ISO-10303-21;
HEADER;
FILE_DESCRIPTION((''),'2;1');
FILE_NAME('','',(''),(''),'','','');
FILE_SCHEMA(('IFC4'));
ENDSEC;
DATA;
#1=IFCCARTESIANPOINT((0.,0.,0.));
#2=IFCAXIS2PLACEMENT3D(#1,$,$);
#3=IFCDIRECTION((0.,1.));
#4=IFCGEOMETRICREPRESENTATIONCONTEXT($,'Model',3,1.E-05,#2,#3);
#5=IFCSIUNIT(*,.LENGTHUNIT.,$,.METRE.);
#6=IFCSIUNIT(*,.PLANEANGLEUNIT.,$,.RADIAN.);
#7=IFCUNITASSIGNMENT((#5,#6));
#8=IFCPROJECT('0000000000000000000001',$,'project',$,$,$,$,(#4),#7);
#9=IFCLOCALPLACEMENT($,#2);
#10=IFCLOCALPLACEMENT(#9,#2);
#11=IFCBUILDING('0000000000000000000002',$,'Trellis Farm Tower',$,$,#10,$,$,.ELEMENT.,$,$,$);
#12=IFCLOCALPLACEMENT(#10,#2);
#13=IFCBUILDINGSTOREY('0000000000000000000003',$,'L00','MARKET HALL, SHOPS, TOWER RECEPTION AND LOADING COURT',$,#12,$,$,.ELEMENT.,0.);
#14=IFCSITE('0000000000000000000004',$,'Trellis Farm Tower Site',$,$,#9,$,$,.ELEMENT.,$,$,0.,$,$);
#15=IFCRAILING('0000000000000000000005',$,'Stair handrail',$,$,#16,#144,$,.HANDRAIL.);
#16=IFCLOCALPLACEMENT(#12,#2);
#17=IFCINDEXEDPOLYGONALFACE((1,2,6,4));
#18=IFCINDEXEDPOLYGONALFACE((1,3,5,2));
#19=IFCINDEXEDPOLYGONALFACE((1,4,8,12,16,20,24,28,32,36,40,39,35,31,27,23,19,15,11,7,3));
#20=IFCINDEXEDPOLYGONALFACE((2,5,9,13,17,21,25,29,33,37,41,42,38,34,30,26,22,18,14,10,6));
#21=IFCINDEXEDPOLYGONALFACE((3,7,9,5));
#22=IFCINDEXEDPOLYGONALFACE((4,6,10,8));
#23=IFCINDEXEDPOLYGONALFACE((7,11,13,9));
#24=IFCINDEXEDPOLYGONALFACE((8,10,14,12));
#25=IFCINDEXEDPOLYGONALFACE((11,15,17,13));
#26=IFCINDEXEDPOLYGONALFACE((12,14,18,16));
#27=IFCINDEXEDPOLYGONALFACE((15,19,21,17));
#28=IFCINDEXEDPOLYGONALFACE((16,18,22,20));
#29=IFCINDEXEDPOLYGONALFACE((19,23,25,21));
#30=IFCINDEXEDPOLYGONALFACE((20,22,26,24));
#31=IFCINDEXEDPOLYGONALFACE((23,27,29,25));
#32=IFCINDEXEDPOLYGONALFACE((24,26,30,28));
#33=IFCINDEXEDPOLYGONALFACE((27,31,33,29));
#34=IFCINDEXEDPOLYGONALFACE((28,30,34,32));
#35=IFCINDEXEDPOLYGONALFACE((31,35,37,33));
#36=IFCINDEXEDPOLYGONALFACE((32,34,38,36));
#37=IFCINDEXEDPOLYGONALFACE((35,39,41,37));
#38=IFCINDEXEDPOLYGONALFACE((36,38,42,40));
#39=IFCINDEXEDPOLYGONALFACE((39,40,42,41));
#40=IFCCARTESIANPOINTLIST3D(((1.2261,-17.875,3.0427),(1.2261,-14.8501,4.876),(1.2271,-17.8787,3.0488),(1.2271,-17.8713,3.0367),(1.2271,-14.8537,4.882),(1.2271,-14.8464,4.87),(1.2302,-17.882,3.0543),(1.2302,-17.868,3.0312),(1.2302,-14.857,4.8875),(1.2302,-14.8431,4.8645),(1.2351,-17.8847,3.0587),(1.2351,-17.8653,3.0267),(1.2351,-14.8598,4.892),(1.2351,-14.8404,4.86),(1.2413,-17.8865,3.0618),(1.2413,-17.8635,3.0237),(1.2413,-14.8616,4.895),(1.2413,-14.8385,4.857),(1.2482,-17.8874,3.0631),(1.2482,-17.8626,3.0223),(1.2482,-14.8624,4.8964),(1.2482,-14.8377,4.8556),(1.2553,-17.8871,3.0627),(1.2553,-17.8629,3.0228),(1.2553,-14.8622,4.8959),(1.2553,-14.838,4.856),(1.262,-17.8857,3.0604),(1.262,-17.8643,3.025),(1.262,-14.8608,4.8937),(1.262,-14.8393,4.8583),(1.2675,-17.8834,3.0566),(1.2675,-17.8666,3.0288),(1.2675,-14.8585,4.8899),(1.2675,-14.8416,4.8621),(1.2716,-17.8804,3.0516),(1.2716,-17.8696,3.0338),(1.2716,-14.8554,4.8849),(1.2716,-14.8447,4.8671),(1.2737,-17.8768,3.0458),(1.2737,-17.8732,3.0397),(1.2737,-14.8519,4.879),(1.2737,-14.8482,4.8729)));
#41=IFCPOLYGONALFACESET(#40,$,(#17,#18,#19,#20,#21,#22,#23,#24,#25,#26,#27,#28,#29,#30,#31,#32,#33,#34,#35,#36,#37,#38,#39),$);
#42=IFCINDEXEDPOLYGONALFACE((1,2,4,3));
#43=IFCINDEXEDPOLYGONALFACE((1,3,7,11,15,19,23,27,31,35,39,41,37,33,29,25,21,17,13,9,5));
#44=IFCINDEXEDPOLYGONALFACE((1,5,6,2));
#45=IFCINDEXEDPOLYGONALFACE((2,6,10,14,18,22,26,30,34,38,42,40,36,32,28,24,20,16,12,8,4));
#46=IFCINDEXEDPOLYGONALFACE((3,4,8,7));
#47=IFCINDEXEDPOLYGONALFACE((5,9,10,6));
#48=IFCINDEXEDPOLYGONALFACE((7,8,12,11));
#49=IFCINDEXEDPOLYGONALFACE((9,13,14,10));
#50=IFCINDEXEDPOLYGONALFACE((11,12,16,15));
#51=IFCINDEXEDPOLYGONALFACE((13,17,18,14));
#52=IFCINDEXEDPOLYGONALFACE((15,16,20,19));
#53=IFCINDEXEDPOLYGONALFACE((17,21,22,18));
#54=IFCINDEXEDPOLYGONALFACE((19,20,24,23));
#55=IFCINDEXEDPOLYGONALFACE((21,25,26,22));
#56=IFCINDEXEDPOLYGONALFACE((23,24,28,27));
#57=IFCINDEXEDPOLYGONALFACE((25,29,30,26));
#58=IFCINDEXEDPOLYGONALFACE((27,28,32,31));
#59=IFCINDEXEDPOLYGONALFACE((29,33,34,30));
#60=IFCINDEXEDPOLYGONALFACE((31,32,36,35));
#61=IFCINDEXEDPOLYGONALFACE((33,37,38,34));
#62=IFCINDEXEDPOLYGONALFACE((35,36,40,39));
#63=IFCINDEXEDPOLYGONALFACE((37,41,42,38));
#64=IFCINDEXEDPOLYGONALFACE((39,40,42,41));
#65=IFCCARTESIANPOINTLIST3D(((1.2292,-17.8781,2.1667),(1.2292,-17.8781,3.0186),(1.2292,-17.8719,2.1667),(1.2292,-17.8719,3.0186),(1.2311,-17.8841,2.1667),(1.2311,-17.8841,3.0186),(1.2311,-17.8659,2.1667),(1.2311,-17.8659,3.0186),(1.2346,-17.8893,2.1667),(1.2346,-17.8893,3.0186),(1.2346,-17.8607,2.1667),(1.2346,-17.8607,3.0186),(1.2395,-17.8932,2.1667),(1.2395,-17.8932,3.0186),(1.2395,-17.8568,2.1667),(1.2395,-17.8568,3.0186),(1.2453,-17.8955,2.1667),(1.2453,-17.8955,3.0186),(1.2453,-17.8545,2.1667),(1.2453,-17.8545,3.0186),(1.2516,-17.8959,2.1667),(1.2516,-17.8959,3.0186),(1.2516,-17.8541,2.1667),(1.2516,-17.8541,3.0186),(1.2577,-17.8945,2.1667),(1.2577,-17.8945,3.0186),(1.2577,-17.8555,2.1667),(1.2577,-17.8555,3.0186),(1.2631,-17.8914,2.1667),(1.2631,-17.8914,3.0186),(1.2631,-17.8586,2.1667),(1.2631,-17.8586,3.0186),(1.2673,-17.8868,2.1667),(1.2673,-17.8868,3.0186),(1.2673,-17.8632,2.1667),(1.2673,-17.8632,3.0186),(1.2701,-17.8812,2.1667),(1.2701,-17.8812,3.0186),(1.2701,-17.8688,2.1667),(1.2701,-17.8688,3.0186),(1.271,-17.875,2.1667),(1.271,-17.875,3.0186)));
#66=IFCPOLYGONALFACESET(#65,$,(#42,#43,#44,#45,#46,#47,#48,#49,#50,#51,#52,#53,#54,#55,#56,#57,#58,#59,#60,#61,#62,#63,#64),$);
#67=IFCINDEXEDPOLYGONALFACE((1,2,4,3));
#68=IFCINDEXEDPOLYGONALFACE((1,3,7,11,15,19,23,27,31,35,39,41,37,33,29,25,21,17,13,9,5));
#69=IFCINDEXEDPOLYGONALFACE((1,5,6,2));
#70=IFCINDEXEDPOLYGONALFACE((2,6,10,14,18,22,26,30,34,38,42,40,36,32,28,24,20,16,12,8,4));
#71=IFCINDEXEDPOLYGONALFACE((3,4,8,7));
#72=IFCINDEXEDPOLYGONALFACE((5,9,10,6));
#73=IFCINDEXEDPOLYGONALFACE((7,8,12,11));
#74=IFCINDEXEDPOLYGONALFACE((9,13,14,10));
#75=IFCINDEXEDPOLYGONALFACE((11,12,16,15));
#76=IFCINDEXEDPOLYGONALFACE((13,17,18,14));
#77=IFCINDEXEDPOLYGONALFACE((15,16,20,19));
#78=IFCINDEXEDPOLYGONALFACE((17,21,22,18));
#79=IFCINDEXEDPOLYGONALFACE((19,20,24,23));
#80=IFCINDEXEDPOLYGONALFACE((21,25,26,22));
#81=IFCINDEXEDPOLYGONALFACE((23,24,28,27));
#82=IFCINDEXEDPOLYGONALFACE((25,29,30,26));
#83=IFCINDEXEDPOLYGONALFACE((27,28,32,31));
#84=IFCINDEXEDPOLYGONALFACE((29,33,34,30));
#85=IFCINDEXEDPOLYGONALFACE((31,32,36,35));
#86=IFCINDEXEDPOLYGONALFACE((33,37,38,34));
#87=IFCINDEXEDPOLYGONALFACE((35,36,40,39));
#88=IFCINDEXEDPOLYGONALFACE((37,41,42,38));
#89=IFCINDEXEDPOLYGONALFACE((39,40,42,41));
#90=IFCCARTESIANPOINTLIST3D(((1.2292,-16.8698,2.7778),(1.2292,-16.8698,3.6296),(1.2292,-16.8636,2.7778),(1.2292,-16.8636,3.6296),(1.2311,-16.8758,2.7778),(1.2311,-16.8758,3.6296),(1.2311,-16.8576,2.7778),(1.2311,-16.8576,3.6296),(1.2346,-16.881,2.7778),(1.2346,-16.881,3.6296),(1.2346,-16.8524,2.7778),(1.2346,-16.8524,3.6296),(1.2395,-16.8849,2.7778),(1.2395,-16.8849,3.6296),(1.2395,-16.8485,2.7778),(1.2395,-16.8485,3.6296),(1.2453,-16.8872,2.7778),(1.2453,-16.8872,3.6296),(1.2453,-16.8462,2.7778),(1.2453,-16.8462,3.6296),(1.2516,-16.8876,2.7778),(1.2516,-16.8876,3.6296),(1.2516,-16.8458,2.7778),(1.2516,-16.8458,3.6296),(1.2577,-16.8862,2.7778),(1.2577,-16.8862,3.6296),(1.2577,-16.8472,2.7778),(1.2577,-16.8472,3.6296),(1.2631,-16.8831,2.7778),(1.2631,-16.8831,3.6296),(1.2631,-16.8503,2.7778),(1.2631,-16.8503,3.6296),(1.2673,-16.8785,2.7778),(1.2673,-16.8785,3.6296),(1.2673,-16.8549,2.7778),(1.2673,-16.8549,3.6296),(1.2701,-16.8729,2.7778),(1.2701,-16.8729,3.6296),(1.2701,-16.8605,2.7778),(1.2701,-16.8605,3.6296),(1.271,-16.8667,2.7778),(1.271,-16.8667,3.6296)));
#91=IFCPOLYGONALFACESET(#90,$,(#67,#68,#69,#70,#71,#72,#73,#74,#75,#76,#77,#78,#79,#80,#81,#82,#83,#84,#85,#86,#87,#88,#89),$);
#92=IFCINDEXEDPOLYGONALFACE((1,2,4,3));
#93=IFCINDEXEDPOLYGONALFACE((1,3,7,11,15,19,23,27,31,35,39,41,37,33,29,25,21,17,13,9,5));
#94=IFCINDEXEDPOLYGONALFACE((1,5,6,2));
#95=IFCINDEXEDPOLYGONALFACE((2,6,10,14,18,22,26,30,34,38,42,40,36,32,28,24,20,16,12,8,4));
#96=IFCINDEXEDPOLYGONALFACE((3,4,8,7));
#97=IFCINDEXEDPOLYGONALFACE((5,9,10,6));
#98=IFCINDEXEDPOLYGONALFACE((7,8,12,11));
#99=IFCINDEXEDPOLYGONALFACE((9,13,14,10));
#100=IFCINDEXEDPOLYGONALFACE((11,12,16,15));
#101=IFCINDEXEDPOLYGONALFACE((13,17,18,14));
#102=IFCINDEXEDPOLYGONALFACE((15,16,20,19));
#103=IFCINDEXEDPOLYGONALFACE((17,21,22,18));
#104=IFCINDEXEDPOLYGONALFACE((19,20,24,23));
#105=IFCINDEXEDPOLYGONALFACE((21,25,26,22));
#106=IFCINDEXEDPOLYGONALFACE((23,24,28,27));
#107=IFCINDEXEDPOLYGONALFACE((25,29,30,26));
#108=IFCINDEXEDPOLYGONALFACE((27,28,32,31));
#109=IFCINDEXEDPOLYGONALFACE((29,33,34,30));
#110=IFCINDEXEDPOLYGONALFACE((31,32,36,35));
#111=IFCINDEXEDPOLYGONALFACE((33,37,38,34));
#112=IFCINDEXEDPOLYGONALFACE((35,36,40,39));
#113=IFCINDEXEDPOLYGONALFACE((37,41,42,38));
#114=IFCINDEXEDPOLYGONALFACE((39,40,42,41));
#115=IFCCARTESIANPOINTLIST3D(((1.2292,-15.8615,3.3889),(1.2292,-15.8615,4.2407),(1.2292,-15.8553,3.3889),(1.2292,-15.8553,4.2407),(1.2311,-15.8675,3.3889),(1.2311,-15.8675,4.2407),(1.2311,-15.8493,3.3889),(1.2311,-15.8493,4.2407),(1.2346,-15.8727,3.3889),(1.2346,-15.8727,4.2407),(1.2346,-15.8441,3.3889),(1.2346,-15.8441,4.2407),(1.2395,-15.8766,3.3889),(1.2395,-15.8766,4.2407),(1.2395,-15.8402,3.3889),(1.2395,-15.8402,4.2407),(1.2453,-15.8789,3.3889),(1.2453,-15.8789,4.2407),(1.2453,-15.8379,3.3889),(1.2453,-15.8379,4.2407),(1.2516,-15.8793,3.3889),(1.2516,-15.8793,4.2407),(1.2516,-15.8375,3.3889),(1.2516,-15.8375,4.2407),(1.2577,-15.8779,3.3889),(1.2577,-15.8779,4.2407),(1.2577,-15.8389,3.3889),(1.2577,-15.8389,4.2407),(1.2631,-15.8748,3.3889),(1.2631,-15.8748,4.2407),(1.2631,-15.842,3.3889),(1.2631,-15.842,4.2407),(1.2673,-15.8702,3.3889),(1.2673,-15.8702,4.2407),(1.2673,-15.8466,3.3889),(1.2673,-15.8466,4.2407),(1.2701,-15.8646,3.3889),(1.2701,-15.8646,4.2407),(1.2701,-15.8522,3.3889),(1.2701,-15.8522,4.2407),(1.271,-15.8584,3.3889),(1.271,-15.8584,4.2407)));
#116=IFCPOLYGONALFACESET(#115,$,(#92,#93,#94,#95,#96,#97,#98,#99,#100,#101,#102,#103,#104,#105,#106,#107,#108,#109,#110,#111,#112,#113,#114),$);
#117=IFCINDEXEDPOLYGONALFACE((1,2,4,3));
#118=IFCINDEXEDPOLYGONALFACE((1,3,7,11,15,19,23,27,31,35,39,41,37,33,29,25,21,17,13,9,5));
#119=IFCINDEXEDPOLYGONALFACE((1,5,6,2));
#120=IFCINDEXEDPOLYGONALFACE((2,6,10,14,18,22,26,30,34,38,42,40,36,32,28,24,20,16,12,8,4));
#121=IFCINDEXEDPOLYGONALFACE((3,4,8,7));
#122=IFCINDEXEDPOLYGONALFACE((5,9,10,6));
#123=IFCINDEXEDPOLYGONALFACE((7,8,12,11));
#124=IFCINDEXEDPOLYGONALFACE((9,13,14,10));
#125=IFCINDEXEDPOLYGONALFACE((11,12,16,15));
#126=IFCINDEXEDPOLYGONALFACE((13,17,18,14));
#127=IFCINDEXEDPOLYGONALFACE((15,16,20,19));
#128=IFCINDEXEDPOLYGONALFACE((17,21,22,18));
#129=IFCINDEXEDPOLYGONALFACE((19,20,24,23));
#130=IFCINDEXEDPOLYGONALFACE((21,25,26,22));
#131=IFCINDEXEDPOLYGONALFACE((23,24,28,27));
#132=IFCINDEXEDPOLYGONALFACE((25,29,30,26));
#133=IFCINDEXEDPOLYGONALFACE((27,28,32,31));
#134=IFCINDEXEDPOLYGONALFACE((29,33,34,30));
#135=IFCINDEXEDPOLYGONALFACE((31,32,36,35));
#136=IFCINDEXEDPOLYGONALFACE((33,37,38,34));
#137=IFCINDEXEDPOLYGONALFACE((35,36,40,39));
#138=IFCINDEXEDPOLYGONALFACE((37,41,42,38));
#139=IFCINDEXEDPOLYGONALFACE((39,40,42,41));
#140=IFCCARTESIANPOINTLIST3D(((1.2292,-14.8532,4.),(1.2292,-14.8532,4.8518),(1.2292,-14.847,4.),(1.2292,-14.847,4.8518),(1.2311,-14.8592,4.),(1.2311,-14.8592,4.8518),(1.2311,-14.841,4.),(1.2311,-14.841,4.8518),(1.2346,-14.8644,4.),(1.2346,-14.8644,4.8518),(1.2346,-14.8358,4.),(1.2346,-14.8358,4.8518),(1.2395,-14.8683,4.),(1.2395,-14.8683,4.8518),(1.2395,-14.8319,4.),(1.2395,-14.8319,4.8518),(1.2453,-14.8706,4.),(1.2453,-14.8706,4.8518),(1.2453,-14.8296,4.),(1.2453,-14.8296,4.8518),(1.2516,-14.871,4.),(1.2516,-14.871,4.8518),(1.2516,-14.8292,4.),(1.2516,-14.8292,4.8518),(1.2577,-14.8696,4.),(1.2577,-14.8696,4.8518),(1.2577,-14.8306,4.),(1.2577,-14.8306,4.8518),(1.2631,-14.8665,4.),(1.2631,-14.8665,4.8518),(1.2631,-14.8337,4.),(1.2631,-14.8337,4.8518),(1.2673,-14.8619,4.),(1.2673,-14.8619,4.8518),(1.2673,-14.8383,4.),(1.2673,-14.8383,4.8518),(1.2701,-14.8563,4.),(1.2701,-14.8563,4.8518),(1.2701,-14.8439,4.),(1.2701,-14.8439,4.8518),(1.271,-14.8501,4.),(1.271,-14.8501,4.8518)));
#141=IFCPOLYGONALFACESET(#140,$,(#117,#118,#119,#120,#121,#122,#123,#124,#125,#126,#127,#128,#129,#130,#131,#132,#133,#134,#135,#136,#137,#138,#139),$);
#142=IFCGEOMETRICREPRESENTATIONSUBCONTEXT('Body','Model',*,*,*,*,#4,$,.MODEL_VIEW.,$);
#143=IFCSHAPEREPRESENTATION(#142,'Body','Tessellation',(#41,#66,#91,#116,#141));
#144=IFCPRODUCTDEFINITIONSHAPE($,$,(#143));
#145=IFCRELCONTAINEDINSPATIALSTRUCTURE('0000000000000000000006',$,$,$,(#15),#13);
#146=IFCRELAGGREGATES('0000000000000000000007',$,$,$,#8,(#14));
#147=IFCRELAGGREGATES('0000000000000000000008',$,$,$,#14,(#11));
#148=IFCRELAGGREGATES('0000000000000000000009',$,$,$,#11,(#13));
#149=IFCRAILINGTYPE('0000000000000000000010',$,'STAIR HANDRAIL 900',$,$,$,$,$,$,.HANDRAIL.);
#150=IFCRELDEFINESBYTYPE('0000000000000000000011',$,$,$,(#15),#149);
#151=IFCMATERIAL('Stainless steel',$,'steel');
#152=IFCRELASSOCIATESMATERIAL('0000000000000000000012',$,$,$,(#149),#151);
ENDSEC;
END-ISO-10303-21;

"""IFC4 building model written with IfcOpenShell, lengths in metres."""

from ifc_helpers import new_model, si_unit, direction, frame, origin, origin_2d, place, context, subcontext, project, spatial, circle, extrude, source, transform, mapped, material, type_object, element, save


model = new_model("IFC4")

# Units and contexts
model_context = context("Model", 3, precision=1e-05, world=origin(), true_north=direction((0.0, 1.0)))
body_context = subcontext(model_context, "Body", "Model", "MODEL_VIEW")
ifc_project = project(units=[si_unit("LENGTHUNIT", "METRE"), si_unit("PLANEANGLEUNIT", "RADIAN")], contexts=[model_context])

# Site, building, storey
site_placement = place(None, origin())
site = spatial("IfcSite", under=ifc_project, at=site_placement, Name="Trellis Farm Tower Site", CompositionType="ELEMENT", RefElevation=0.0)
building_placement = place(site_placement, origin())
building = spatial("IfcBuilding", under=site, at=building_placement, Name="Trellis Farm Tower", CompositionType="ELEMENT")
storey_placement = place(building_placement, origin())
storey = spatial("IfcBuildingStorey", under=building, at=storey_placement, Name="L00", Description="MARKET HALL, SHOPS, TOWER RECEPTION AND LOADING COURT", CompositionType="ELEMENT", Elevation=0.0)

# Railing
ifc_material_1 = material(Name="Stainless steel", Category="steel")
railing_type = type_object("IfcRailingType", Name="STAIR HANDRAIL 900", PredefinedType="HANDRAIL", material=ifc_material_1)
shared_shape_1 = source(origin(), body_context, "Body", "SweptSolid", [
    extrude(circle(Radius=0.0239, at=origin_2d()), frame((0.0, 0.0, 0.876), z_axis=(0.0, 0.855201, 0.518297), x_axis=(-1.0, 0.0, 0.0)), (0.0, 0.0, 1.0), 3.5371),
    extrude(circle(Radius=0.021, at=origin_2d()), origin(), (0.0, 0.0, 1.0), 0.8518),
    extrude(circle(Radius=0.021, at=origin_2d()), frame((0.0, 1.0083, 0.6111)), (0.0, 0.0, 1.0), 0.8518),
    extrude(circle(Radius=0.021, at=origin_2d()), frame((0.0, 2.0166, 1.2222)), (0.0, 0.0, 1.0), 0.8518),
    extrude(circle(Radius=0.021, at=origin_2d()), frame((0.0, 3.0249, 1.8333)), (0.0, 0.0, 1.0), 0.8518),
])
for number, where, name in (
    (1, (1.25, -17.875, 2.1667), "Stair handrail"),
):
    element("IfcRailing", number, at=place(storey_placement, frame(where)), inside=storey, type_object=railing_type, Name=name, PredefinedType="HANDRAIL", context=body_context, shape_type="MappedRepresentation", body=[
        mapped(shared_shape_1, transform((0.0, 0.0, 0.0))),
    ])

save(model, "model.ifc")
